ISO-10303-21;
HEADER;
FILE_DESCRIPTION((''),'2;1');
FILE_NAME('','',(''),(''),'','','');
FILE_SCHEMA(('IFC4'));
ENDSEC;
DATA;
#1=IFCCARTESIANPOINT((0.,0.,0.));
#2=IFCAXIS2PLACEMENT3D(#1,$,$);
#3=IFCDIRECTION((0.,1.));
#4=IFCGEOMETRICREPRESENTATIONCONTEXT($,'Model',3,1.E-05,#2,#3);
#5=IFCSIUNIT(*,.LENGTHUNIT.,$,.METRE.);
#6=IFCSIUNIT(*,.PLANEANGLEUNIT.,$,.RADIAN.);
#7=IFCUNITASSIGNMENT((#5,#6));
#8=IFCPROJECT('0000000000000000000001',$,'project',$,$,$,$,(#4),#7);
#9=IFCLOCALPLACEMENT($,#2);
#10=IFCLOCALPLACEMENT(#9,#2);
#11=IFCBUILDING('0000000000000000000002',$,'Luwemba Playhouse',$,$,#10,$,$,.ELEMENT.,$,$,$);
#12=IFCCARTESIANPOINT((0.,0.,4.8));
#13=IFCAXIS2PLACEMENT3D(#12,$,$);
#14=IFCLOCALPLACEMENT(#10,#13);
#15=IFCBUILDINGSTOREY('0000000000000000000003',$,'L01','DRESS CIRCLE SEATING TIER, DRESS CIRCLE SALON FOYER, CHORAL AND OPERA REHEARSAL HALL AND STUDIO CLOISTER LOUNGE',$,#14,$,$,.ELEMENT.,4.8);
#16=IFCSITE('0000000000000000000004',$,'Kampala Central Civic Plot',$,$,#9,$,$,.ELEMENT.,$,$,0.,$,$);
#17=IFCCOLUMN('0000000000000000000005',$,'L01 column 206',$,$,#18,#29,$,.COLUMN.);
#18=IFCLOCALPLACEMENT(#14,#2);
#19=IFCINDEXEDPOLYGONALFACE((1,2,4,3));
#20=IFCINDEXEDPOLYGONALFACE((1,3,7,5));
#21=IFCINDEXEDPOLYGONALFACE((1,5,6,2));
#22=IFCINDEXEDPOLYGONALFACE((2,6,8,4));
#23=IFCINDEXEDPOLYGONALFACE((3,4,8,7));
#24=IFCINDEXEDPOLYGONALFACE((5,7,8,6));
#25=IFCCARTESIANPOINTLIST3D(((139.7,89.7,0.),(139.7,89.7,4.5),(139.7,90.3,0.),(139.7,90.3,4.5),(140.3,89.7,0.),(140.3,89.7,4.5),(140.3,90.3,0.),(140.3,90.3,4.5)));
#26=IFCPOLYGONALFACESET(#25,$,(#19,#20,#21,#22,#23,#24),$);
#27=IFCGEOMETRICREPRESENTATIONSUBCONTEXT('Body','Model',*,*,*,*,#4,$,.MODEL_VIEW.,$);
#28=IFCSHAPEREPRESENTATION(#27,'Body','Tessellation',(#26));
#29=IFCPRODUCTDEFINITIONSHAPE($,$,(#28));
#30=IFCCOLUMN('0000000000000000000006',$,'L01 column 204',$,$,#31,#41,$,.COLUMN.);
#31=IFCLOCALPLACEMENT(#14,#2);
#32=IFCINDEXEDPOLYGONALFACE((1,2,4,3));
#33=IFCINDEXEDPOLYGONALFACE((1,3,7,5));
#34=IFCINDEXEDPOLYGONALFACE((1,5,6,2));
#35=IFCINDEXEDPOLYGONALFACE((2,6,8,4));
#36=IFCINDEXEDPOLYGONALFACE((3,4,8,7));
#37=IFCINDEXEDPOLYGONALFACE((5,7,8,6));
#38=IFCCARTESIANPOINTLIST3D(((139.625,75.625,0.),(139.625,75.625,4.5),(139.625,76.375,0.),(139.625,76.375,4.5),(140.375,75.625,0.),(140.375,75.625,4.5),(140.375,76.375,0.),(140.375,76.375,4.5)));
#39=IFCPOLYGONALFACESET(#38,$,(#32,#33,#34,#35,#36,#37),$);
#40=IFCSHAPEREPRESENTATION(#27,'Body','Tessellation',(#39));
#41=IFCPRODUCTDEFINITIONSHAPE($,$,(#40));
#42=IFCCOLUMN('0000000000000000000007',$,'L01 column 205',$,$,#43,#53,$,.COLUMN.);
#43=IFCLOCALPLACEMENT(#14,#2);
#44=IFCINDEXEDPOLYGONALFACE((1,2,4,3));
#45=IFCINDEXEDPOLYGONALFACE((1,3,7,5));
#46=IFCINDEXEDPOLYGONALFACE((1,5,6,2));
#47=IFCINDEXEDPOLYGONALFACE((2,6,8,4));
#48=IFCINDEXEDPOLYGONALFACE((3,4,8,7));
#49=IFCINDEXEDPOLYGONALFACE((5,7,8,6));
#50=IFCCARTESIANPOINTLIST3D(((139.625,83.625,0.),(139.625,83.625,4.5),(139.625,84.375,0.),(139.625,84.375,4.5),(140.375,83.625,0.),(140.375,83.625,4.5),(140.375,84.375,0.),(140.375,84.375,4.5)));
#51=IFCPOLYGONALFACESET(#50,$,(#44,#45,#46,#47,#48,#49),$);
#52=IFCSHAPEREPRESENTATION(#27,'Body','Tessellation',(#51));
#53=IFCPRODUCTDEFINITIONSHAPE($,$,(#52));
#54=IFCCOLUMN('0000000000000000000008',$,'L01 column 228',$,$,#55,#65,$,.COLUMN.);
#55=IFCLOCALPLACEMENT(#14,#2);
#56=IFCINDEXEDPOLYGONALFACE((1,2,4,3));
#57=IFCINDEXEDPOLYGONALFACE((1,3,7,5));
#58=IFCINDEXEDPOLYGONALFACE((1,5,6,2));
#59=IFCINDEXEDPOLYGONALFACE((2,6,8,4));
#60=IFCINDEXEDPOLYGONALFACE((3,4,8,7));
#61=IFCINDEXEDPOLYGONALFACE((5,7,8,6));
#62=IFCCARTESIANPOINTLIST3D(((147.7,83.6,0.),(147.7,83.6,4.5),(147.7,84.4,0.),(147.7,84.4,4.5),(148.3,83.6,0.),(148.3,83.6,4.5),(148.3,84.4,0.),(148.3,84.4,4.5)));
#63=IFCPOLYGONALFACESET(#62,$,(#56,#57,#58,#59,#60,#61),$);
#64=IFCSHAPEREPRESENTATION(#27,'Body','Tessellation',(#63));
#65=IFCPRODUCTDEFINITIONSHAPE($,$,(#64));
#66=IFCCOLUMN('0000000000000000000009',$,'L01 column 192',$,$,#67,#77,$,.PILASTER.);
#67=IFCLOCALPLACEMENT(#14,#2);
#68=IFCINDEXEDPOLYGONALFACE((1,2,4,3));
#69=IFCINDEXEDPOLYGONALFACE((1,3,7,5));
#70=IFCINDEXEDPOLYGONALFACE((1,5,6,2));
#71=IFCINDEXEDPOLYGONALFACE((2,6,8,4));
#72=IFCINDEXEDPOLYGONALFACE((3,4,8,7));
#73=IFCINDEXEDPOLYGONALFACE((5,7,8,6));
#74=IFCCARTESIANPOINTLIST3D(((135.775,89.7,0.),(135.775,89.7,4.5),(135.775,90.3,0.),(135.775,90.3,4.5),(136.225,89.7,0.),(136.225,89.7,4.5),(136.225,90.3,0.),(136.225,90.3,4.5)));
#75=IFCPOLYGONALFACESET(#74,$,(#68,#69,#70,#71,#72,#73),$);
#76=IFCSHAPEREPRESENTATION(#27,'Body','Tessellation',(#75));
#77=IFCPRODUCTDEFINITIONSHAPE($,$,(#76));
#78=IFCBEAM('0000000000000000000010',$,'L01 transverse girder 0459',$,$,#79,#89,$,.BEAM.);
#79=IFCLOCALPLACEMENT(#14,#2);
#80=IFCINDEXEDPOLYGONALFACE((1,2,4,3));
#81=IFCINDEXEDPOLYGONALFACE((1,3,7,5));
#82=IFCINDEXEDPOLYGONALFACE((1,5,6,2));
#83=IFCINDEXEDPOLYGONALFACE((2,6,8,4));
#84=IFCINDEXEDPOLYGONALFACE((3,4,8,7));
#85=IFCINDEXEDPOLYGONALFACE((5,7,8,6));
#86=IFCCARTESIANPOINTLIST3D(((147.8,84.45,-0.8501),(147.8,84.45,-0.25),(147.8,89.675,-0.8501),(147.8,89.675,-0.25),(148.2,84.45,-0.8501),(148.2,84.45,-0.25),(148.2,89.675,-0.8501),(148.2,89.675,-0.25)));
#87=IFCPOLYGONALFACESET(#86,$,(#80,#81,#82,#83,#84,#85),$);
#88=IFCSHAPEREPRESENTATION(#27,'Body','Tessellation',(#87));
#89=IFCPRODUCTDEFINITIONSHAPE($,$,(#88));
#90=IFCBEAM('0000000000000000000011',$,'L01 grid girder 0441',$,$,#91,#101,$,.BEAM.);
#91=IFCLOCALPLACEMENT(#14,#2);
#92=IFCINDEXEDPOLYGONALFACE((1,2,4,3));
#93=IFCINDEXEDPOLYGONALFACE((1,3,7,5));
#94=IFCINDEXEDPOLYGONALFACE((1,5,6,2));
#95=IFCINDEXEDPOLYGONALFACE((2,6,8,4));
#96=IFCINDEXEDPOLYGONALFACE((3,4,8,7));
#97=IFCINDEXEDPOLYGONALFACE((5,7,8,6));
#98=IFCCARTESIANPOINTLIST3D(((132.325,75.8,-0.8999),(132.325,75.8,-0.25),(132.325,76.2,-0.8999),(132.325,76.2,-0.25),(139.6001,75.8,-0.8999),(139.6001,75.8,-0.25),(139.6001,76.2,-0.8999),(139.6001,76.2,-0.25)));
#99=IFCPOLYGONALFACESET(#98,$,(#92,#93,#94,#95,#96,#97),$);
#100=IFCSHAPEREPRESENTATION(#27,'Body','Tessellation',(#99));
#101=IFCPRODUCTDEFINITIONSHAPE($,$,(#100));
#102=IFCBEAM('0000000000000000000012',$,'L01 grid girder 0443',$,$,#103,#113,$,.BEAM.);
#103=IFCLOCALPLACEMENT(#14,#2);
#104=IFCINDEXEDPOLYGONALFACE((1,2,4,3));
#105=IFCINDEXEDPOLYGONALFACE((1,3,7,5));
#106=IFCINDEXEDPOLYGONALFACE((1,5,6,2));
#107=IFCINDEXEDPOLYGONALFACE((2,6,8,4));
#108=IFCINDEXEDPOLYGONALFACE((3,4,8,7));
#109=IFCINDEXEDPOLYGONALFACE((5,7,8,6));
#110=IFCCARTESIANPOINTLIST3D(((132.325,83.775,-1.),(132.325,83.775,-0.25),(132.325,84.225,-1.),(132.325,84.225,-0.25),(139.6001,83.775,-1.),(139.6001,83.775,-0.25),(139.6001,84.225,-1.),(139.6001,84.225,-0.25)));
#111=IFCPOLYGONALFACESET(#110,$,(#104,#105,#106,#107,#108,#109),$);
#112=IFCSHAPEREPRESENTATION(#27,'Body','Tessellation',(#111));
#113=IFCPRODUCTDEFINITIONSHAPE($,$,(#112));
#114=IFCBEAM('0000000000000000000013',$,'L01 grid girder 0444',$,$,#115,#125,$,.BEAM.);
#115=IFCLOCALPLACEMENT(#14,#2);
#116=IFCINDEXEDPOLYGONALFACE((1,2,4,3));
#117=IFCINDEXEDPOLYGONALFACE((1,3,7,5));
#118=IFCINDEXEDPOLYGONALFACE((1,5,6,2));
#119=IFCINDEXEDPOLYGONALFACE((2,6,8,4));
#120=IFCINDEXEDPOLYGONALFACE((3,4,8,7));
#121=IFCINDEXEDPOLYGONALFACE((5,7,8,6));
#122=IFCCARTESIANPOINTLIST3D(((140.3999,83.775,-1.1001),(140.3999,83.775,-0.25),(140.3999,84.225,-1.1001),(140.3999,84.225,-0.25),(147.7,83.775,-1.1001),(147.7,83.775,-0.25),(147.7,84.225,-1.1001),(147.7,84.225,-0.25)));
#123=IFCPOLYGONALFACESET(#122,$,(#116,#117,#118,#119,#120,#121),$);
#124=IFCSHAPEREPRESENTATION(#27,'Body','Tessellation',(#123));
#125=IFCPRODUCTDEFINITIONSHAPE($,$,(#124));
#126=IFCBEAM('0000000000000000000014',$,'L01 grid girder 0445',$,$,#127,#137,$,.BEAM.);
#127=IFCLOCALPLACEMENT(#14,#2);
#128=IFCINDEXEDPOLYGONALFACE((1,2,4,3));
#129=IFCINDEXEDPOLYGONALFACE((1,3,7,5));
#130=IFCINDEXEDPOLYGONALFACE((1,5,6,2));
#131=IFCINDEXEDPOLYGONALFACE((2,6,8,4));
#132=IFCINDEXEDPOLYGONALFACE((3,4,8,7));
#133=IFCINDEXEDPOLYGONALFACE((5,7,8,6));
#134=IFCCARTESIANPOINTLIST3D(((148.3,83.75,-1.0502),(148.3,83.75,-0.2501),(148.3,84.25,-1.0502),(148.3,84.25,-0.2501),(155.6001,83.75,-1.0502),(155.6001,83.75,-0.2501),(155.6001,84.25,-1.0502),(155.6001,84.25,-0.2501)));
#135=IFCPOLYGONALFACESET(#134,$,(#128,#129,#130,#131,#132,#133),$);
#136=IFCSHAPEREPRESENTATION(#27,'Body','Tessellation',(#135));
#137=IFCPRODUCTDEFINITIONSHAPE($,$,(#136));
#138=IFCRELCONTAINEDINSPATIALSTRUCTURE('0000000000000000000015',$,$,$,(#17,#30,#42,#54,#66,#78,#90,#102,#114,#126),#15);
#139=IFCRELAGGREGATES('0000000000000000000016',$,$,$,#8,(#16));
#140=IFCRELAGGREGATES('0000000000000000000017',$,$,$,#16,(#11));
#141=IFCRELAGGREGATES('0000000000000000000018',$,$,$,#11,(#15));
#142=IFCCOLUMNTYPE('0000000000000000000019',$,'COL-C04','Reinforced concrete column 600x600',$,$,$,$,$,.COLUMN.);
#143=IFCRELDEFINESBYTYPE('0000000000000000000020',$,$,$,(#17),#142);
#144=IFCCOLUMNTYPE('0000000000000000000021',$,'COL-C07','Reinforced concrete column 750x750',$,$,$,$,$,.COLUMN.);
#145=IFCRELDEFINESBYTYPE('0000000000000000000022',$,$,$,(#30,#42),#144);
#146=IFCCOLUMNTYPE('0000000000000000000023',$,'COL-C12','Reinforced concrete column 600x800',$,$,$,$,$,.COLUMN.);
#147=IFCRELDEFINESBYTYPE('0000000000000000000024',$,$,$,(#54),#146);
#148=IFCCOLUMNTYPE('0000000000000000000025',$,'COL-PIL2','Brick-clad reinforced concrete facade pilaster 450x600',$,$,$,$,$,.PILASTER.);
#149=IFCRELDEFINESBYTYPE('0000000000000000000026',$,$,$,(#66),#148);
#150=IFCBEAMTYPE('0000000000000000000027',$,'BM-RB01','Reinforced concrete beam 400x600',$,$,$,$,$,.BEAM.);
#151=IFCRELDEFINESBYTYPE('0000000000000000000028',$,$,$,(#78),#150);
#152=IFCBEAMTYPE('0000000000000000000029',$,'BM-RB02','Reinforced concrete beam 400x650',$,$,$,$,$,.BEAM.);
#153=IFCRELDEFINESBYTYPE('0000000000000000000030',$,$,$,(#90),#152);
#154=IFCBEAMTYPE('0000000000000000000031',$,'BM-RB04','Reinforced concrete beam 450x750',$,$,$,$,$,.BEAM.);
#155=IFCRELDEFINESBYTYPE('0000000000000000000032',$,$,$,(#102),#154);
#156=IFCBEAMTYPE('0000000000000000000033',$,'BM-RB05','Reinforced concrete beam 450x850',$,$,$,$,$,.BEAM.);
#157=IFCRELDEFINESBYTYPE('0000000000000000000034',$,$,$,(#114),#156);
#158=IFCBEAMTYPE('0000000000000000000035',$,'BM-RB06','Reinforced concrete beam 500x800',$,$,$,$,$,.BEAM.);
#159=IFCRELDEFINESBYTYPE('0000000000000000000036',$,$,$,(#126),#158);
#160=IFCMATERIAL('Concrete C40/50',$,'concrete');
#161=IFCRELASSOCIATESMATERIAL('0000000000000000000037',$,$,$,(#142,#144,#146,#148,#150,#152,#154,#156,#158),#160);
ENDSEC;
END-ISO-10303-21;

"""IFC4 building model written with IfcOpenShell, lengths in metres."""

from ifc_helpers import new_model, si_unit, direction, frame, origin, origin_2d, place, context, subcontext, project, spatial, rectangle, extrude, material, material_profile, profile_set, type_object, element, save


model = new_model("IFC4")

# Units and contexts
model_context = context("Model", 3, precision=1e-05, world=origin(), true_north=direction((0.0, 1.0)))
body_context = subcontext(model_context, "Body", "Model", "MODEL_VIEW")
ifc_project = project(units=[si_unit("LENGTHUNIT", "METRE"), si_unit("PLANEANGLEUNIT", "RADIAN")], contexts=[model_context])

# Site, building, storey
site_placement = place(None, origin())
site = spatial("IfcSite", under=ifc_project, at=site_placement, Name="Kampala Central Civic Plot", CompositionType="ELEMENT", RefElevation=0.0)
building_placement = place(site_placement, origin())
building = spatial("IfcBuilding", under=site, at=building_placement, Name="Luwemba Playhouse", CompositionType="ELEMENT")
storey_placement = place(building_placement, frame((0.0, 0.0, 4.8)))
storey = spatial("IfcBuildingStorey", under=building, at=storey_placement, Name="L01", Description="DRESS CIRCLE SEATING TIER, DRESS CIRCLE SALON FOYER, CHORAL AND OPERA REHEARSAL HALL AND STUDIO CLOISTER LOUNGE", CompositionType="ELEMENT", Elevation=4.8)

# Columns
ifc_material_1 = material(Name="Concrete C40/50", Category="concrete")
ifc_material_profile_1 = material_profile(ifc_material_1, rectangle(XDim=0.6001, YDim=0.6001, at=origin_2d()))
ifc_profile_set_1 = profile_set([ifc_material_profile_1], Name="Concrete C40/50")
column_type_1 = type_object("IfcColumnType", Name="COL-C04", Description="Reinforced concrete column 600x600", PredefinedType="COLUMN", material=ifc_profile_set_1)
column_1_placement = place(storey_placement, frame((140.0, 90.0, 0.0), z_axis=(0.0, 0.0, 1.0), x_axis=(1.0, 0.0, 0.0)))
element("IfcColumn", 1, at=column_1_placement, inside=storey, type_object=column_type_1, Name="L01 column 206", PredefinedType="COLUMN", context=body_context, shape_type="SweptSolid", body=[
    extrude(rectangle(XDim=0.6001, YDim=0.6001, at=origin_2d()), origin(), (0.0, 0.0, 1.0), 4.5),
])
ifc_material_profile_2 = material_profile(ifc_material_1, rectangle(XDim=0.75, YDim=0.75, at=origin_2d()))
ifc_profile_set_2 = profile_set([ifc_material_profile_2], Name="Concrete C40/50")
column_type_2 = type_object("IfcColumnType", Name="COL-C07", Description="Reinforced concrete column 750x750", PredefinedType="COLUMN", material=ifc_profile_set_2)
for number, where, z_axis, x_axis, name in (
    (2, (140.0, 76.0, 0.0), (0.0, 0.0, 1.0), (1.0, 0.0, 0.0), "L01 column 204"),
    (3, (140.0, 84.0, 0.0), (0.0, 0.0, 1.0), (1.0, 0.0, 0.0), "L01 column 205"),
):
    element("IfcColumn", number, at=place(storey_placement, frame(where, z_axis=z_axis, x_axis=x_axis)), inside=storey, type_object=column_type_2, Name=name, PredefinedType="COLUMN", context=body_context, shape_type="SweptSolid", body=[
        extrude(rectangle(XDim=0.75, YDim=0.75, at=origin_2d()), origin(), (0.0, 0.0, 1.0), 4.5),
    ])
ifc_material_profile_3 = material_profile(ifc_material_1, rectangle(XDim=0.6001, YDim=0.8, at=origin_2d()))
ifc_profile_set_3 = profile_set([ifc_material_profile_3], Name="Concrete C40/50")
column_type_3 = type_object("IfcColumnType", Name="COL-C12", Description="Reinforced concrete column 600x800", PredefinedType="COLUMN", material=ifc_profile_set_3)
column_2_placement = place(storey_placement, frame((148.0, 84.0, 0.0), z_axis=(0.0, 0.0, 1.0), x_axis=(1.0, 0.0, 0.0)))
element("IfcColumn", 4, at=column_2_placement, inside=storey, type_object=column_type_3, Name="L01 column 228", PredefinedType="COLUMN", context=body_context, shape_type="SweptSolid", body=[
    extrude(rectangle(XDim=0.6001, YDim=0.8, at=origin_2d()), origin(), (0.0, 0.0, 1.0), 4.5),
])
ifc_material_profile_4 = material_profile(ifc_material_1, rectangle(XDim=0.45, YDim=0.6001, at=origin_2d()))
ifc_profile_set_4 = profile_set([ifc_material_profile_4], Name="Concrete C40/50")
column_type_4 = type_object("IfcColumnType", Name="COL-PIL2", Description="Brick-clad reinforced concrete facade pilaster 450x600", PredefinedType="PILASTER", material=ifc_profile_set_4)
column_3_placement = place(storey_placement, frame((136.0, 90.0, 0.0), z_axis=(0.0, 0.0, 1.0), x_axis=(1.0, 0.0, 0.0)))
element("IfcColumn", 5, at=column_3_placement, inside=storey, type_object=column_type_4, Name="L01 column 192", PredefinedType="PILASTER", context=body_context, shape_type="SweptSolid", body=[
    extrude(rectangle(XDim=0.45, YDim=0.6001, at=origin_2d()), origin(), (0.0, 0.0, 1.0), 4.5),
])

# Beams
ifc_material_profile_5 = material_profile(ifc_material_1, rectangle(XDim=0.3999, YDim=0.6001, at=origin_2d()))
ifc_profile_set_5 = profile_set([ifc_material_profile_5], Name="Concrete C40/50")
beam_type_1 = type_object("IfcBeamType", Name="BM-RB01", Description="Reinforced concrete beam 400x600", PredefinedType="BEAM", material=ifc_profile_set_5)
beam_1_placement = place(storey_placement, frame((148.0, 84.45, -0.55), z_axis=(0.0, 1.0, 0.0), x_axis=(-1.0, 0.0, 0.0)))
element("IfcBeam", 6, at=beam_1_placement, inside=storey, type_object=beam_type_1, Name="L01 transverse girder 0459", PredefinedType="BEAM", context=body_context, shape_type="SweptSolid", body=[
    extrude(rectangle(XDim=0.3999, YDim=0.6001, at=origin_2d()), origin(), (0.0, 0.0, 1.0), 5.2251),
])
ifc_material_profile_6 = material_profile(ifc_material_1, rectangle(XDim=0.3999, YDim=0.6499, at=origin_2d()))
ifc_profile_set_6 = profile_set([ifc_material_profile_6], Name="Concrete C40/50")
beam_type_2 = type_object("IfcBeamType", Name="BM-RB02", Description="Reinforced concrete beam 400x650", PredefinedType="BEAM", material=ifc_profile_set_6)
beam_2_placement = place(storey_placement, frame((132.325, 76.0, -0.575), z_axis=(1.0, 0.0, 0.0), x_axis=(0.0, 1.0, 0.0)))
element("IfcBeam", 7, at=beam_2_placement, inside=storey, type_object=beam_type_2, Name="L01 grid girder 0441", PredefinedType="BEAM", context=body_context, shape_type="SweptSolid", body=[
    extrude(rectangle(XDim=0.3999, YDim=0.6499, at=origin_2d()), origin(), (0.0, 0.0, 1.0), 7.2751),
])
ifc_material_profile_7 = material_profile(ifc_material_1, rectangle(XDim=0.45, YDim=0.75, at=origin_2d()))
ifc_profile_set_7 = profile_set([ifc_material_profile_7], Name="Concrete C40/50")
beam_type_3 = type_object("IfcBeamType", Name="BM-RB04", Description="Reinforced concrete beam 450x750", PredefinedType="BEAM", material=ifc_profile_set_7)
beam_3_placement = place(storey_placement, frame((132.325, 84.0, -0.625), z_axis=(1.0, 0.0, 0.0), x_axis=(0.0, 1.0, 0.0)))
element("IfcBeam", 8, at=beam_3_placement, inside=storey, type_object=beam_type_3, Name="L01 grid girder 0443", PredefinedType="BEAM", context=body_context, shape_type="SweptSolid", body=[
    extrude(rectangle(XDim=0.45, YDim=0.75, at=origin_2d()), origin(), (0.0, 0.0, 1.0), 7.2751),
])
ifc_material_profile_8 = material_profile(ifc_material_1, rectangle(XDim=0.45, YDim=0.8501, at=origin_2d()))
ifc_profile_set_8 = profile_set([ifc_material_profile_8], Name="Concrete C40/50")
beam_type_4 = type_object("IfcBeamType", Name="BM-RB05", Description="Reinforced concrete beam 450x850", PredefinedType="BEAM", material=ifc_profile_set_8)
beam_4_placement = place(storey_placement, frame((140.3999, 84.0, -0.675), z_axis=(1.0, 0.0, 0.0), x_axis=(0.0, 1.0, 0.0)))
element("IfcBeam", 9, at=beam_4_placement, inside=storey, type_object=beam_type_4, Name="L01 grid girder 0444", PredefinedType="BEAM", context=body_context, shape_type="SweptSolid", body=[
    extrude(rectangle(XDim=0.45, YDim=0.8501, at=origin_2d()), origin(), (0.0, 0.0, 1.0), 7.3),
])
ifc_material_profile_9 = material_profile(ifc_material_1, rectangle(XDim=0.5, YDim=0.8, at=origin_2d()))
ifc_profile_set_9 = profile_set([ifc_material_profile_9], Name="Concrete C40/50")
beam_type_5 = type_object("IfcBeamType", Name="BM-RB06", Description="Reinforced concrete beam 500x800", PredefinedType="BEAM", material=ifc_profile_set_9)
beam_5_placement = place(storey_placement, frame((148.3, 84.0, -0.6501), z_axis=(1.0, 0.0, 0.0), x_axis=(0.0, 1.0, 0.0)))
element("IfcBeam", 10, at=beam_5_placement, inside=storey, type_object=beam_type_5, Name="L01 grid girder 0445", PredefinedType="BEAM", context=body_context, shape_type="SweptSolid", body=[
    extrude(rectangle(XDim=0.5, YDim=0.8, at=origin_2d()), origin(), (0.0, 0.0, 1.0), 7.3),
])

save(model, "model.ifc")
